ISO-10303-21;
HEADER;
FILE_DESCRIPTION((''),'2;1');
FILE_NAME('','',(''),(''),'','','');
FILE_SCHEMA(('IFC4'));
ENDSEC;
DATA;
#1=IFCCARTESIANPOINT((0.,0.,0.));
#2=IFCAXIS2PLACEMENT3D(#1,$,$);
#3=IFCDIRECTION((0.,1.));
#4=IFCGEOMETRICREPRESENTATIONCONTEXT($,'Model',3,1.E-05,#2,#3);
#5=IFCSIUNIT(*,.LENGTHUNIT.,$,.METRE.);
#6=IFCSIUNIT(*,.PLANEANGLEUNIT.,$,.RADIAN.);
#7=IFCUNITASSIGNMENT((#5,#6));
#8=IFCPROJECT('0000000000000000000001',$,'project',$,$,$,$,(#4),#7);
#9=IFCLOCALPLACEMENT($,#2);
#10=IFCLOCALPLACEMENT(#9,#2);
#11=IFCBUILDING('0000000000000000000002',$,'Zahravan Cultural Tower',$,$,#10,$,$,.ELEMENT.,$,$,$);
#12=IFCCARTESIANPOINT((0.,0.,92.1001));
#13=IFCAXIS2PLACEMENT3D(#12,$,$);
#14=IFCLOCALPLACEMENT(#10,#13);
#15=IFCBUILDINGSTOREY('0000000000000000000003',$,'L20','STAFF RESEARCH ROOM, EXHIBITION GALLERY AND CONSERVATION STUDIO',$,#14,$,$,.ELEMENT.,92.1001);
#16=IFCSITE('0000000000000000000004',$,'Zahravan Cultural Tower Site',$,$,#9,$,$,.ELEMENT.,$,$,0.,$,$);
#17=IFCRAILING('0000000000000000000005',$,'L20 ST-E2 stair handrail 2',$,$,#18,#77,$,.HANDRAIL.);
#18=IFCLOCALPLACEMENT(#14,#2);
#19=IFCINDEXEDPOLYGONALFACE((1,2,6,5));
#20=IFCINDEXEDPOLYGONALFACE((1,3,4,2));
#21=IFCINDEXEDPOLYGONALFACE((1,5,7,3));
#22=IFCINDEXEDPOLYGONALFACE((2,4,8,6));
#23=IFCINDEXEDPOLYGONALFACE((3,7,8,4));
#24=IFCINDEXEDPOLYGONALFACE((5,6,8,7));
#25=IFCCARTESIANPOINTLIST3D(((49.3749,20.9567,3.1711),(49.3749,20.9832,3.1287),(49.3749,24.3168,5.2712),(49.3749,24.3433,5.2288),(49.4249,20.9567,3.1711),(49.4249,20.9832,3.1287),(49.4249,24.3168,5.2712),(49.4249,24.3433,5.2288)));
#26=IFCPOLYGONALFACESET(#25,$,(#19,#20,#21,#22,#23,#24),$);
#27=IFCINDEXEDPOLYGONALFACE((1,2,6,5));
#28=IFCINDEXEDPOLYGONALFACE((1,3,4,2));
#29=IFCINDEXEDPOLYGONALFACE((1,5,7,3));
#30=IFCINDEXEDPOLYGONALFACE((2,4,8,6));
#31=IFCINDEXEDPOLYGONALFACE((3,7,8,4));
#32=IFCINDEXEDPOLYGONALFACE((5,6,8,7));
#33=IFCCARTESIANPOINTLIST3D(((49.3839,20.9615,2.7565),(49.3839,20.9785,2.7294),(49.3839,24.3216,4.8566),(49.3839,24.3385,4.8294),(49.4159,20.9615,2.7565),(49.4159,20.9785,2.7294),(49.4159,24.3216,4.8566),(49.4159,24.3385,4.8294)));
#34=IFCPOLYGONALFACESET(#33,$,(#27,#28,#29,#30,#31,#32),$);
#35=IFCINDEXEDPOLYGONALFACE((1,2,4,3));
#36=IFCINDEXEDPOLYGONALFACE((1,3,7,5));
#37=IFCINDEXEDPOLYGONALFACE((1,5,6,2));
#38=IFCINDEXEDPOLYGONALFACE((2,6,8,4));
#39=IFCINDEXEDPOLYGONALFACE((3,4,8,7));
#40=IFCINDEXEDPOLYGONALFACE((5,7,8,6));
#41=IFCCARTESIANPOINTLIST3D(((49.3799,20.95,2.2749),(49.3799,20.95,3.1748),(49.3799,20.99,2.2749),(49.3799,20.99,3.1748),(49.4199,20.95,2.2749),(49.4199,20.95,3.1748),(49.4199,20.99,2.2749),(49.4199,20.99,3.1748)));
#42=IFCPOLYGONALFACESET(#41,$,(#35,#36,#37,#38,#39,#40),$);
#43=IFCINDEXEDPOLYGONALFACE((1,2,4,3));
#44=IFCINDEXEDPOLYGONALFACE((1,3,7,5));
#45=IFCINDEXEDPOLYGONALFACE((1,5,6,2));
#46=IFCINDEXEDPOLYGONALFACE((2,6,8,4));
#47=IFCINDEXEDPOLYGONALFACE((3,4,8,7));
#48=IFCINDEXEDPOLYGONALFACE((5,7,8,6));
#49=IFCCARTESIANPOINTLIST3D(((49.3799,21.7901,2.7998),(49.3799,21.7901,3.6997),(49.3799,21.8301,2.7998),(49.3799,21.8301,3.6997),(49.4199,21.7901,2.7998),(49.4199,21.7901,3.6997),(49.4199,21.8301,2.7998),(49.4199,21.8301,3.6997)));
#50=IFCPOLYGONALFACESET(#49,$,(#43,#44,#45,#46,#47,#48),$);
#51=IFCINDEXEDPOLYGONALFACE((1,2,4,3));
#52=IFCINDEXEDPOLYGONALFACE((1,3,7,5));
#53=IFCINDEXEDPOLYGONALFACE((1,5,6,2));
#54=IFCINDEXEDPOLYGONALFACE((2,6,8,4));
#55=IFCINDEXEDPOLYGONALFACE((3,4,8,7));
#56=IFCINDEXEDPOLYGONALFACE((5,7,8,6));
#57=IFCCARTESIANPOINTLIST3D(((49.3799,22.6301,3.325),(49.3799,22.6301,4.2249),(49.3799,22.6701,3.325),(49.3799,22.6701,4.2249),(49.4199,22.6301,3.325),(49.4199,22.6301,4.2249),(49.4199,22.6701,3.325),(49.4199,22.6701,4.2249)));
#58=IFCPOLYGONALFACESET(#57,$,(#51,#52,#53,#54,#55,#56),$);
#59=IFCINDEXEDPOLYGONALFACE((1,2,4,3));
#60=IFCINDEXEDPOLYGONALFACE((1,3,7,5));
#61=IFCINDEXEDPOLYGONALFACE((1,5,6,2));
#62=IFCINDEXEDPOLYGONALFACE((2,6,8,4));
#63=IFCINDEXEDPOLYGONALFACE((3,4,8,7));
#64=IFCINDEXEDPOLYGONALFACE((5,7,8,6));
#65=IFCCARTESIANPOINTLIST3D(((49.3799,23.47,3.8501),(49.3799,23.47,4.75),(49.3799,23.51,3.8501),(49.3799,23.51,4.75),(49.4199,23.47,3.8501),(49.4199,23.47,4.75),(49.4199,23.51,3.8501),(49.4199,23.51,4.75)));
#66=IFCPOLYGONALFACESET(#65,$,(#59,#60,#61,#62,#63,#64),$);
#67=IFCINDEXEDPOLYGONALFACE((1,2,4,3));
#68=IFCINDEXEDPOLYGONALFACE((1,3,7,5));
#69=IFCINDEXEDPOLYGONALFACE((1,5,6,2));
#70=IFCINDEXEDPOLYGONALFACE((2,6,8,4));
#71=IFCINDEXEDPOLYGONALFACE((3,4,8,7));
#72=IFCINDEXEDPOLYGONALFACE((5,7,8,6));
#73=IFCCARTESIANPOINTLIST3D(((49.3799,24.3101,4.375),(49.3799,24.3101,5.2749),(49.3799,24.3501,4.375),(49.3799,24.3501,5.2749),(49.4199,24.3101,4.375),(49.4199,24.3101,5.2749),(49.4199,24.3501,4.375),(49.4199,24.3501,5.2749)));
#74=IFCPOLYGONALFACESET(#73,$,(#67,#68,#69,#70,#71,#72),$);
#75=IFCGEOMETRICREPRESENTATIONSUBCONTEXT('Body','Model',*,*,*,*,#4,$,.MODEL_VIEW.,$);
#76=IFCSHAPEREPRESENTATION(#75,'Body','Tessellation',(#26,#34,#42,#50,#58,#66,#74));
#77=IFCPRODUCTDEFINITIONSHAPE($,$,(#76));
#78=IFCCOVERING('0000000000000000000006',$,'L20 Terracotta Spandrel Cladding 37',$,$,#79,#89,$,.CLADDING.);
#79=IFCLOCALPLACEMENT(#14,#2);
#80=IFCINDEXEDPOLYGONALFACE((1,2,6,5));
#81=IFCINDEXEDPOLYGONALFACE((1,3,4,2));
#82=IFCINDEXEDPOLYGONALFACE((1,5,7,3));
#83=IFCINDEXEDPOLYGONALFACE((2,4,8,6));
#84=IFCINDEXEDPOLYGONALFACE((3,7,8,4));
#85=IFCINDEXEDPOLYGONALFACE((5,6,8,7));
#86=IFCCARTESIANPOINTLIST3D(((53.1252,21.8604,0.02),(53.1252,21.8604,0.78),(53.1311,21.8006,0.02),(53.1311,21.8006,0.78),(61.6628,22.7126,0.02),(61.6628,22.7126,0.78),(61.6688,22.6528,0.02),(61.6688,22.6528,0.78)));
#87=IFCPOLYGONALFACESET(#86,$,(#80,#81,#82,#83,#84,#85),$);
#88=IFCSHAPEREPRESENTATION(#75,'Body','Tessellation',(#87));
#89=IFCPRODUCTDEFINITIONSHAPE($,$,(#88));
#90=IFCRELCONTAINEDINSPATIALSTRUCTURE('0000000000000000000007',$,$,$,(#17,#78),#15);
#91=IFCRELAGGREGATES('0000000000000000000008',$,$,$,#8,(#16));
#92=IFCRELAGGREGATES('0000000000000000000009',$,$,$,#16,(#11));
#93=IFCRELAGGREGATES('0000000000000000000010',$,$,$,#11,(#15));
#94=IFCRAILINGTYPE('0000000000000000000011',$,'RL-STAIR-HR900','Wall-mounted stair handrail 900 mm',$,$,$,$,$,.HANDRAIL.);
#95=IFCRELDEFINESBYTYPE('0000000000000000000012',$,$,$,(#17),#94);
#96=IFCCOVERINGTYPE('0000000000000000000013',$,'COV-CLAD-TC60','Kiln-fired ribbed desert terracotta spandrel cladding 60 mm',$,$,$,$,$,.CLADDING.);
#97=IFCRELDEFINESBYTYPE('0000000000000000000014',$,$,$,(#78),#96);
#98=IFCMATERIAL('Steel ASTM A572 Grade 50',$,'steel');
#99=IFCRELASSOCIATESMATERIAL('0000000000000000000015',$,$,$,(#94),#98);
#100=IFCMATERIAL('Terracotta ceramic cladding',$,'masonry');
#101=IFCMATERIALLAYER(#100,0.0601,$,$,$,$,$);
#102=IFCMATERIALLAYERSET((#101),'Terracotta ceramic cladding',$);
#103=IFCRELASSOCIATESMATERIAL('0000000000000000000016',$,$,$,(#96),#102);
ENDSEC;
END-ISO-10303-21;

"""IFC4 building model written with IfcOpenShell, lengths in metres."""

from ifc_helpers import new_model, si_unit, direction, frame, origin, origin_2d, place, context, subcontext, project, spatial, rectangle, extrude, source, transform, mapped, material, layer, layer_set, type_object, element, save


model = new_model("IFC4")

# Units and contexts
model_context = context("Model", 3, precision=1e-05, world=origin(), true_north=direction((0.0, 1.0)))
body_context = subcontext(model_context, "Body", "Model", "MODEL_VIEW")
ifc_project = project(units=[si_unit("LENGTHUNIT", "METRE"), si_unit("PLANEANGLEUNIT", "RADIAN")], contexts=[model_context])

# Site, building, storey
site_placement = place(None, origin())
site = spatial("IfcSite", under=ifc_project, at=site_placement, Name="Zahravan Cultural Tower Site", CompositionType="ELEMENT", RefElevation=0.0)
building_placement = place(site_placement, origin())
building = spatial("IfcBuilding", under=site, at=building_placement, Name="Zahravan Cultural Tower", CompositionType="ELEMENT")
storey_placement = place(building_placement, frame((0.0, 0.0, 92.1001)))
storey = spatial("IfcBuildingStorey", under=building, at=storey_placement, Name="L20", Description="STAFF RESEARCH ROOM, EXHIBITION GALLERY AND CONSERVATION STUDIO", CompositionType="ELEMENT", Elevation=92.1001)

# Shared definitions
ifc_material_1 = material(Name="Steel ASTM A572 Grade 50", Category="steel")

# Railing
railing_type_1 = type_object("IfcRailingType", Name="RL-STAIR-HR900", Description="Wall-mounted stair handrail 900 mm", PredefinedType="HANDRAIL", material=ifc_material_1)
railing_1_placement = place(storey_placement, frame((49.3999, 20.97, 2.2749)))
element("IfcRailing", 1, at=railing_1_placement, inside=storey, type_object=railing_type_1, Name="L20 ST-E2 stair handrail 2", PredefinedType="HANDRAIL", context=body_context, shape_type="SweptSolid", body=[
    extrude(rectangle(XDim=0.05, YDim=0.05, at=origin_2d()), frame((0.0, 0.0, 0.875), z_axis=(0.0, 0.847995, 0.530004), x_axis=(-1.0, 0.0, 0.0)), (0.0, 0.0, 1.0), 3.9624),
    extrude(rectangle(XDim=0.032, YDim=0.032, at=origin_2d()), frame((0.0, 0.0, 0.468), z_axis=(0.0, 0.847995, 0.530004), x_axis=(-1.0, 0.0, 0.0)), (0.0, 0.0, 1.0), 3.9624),
    extrude(rectangle(XDim=0.04, YDim=0.04, at=origin_2d()), origin(), (0.0, 0.0, 1.0), 0.8999),
    extrude(rectangle(XDim=0.04, YDim=0.04, at=origin_2d()), frame((0.0, 0.8401, 0.5249)), (0.0, 0.0, 1.0), 0.8999),
    extrude(rectangle(XDim=0.04, YDim=0.04, at=origin_2d()), frame((0.0, 1.6802, 1.05)), (0.0, 0.0, 1.0), 0.8999),
    extrude(rectangle(XDim=0.04, YDim=0.04, at=origin_2d()), frame((0.0, 2.52, 1.5752)), (0.0, 0.0, 1.0), 0.8999),
    extrude(rectangle(XDim=0.04, YDim=0.04, at=origin_2d()), frame((0.0, 3.3601, 2.1001)), (0.0, 0.0, 1.0), 0.8999),
])

# Covering
ifc_material_2 = material(Name="Terracotta ceramic cladding", Category="masonry")
ifc_layer_1 = layer(ifc_material_2, 0.0601)
ifc_layer_set_1 = layer_set([ifc_layer_1], Name="Terracotta ceramic cladding")
covering_type = type_object("IfcCoveringType", Name="COV-CLAD-TC60", Description="Kiln-fired ribbed desert terracotta spandrel cladding 60 mm", PredefinedType="CLADDING", material=ifc_layer_set_1)
shared_shape_1 = source(origin(), body_context, "Body", "SweptSolid", [
    extrude(rectangle(XDim=8.5801, YDim=0.0601, at=origin_2d()), origin(), (0.0, 0.0, 1.0), 0.76),
])
covering_placement = place(storey_placement, frame((57.397, 22.2566, 0.02), z_axis=(0.0, 0.0, 1.0), x_axis=(-0.995056, -0.09932, 0.0)))
element("IfcCovering", 2, at=covering_placement, inside=storey, type_object=covering_type, Name="L20 Terracotta Spandrel Cladding 37", PredefinedType="CLADDING", context=body_context, shape_type="MappedRepresentation", body=[
    mapped(shared_shape_1, transform((0.0, 0.0, 0.0), x_axis=(1.0, 0.0, 0.0), y_axis=(0.0, 1.0, 0.0), z_axis=(0.0, 0.0, 1.0), scale=1.0)),
])

save(model, "model.ifc")
